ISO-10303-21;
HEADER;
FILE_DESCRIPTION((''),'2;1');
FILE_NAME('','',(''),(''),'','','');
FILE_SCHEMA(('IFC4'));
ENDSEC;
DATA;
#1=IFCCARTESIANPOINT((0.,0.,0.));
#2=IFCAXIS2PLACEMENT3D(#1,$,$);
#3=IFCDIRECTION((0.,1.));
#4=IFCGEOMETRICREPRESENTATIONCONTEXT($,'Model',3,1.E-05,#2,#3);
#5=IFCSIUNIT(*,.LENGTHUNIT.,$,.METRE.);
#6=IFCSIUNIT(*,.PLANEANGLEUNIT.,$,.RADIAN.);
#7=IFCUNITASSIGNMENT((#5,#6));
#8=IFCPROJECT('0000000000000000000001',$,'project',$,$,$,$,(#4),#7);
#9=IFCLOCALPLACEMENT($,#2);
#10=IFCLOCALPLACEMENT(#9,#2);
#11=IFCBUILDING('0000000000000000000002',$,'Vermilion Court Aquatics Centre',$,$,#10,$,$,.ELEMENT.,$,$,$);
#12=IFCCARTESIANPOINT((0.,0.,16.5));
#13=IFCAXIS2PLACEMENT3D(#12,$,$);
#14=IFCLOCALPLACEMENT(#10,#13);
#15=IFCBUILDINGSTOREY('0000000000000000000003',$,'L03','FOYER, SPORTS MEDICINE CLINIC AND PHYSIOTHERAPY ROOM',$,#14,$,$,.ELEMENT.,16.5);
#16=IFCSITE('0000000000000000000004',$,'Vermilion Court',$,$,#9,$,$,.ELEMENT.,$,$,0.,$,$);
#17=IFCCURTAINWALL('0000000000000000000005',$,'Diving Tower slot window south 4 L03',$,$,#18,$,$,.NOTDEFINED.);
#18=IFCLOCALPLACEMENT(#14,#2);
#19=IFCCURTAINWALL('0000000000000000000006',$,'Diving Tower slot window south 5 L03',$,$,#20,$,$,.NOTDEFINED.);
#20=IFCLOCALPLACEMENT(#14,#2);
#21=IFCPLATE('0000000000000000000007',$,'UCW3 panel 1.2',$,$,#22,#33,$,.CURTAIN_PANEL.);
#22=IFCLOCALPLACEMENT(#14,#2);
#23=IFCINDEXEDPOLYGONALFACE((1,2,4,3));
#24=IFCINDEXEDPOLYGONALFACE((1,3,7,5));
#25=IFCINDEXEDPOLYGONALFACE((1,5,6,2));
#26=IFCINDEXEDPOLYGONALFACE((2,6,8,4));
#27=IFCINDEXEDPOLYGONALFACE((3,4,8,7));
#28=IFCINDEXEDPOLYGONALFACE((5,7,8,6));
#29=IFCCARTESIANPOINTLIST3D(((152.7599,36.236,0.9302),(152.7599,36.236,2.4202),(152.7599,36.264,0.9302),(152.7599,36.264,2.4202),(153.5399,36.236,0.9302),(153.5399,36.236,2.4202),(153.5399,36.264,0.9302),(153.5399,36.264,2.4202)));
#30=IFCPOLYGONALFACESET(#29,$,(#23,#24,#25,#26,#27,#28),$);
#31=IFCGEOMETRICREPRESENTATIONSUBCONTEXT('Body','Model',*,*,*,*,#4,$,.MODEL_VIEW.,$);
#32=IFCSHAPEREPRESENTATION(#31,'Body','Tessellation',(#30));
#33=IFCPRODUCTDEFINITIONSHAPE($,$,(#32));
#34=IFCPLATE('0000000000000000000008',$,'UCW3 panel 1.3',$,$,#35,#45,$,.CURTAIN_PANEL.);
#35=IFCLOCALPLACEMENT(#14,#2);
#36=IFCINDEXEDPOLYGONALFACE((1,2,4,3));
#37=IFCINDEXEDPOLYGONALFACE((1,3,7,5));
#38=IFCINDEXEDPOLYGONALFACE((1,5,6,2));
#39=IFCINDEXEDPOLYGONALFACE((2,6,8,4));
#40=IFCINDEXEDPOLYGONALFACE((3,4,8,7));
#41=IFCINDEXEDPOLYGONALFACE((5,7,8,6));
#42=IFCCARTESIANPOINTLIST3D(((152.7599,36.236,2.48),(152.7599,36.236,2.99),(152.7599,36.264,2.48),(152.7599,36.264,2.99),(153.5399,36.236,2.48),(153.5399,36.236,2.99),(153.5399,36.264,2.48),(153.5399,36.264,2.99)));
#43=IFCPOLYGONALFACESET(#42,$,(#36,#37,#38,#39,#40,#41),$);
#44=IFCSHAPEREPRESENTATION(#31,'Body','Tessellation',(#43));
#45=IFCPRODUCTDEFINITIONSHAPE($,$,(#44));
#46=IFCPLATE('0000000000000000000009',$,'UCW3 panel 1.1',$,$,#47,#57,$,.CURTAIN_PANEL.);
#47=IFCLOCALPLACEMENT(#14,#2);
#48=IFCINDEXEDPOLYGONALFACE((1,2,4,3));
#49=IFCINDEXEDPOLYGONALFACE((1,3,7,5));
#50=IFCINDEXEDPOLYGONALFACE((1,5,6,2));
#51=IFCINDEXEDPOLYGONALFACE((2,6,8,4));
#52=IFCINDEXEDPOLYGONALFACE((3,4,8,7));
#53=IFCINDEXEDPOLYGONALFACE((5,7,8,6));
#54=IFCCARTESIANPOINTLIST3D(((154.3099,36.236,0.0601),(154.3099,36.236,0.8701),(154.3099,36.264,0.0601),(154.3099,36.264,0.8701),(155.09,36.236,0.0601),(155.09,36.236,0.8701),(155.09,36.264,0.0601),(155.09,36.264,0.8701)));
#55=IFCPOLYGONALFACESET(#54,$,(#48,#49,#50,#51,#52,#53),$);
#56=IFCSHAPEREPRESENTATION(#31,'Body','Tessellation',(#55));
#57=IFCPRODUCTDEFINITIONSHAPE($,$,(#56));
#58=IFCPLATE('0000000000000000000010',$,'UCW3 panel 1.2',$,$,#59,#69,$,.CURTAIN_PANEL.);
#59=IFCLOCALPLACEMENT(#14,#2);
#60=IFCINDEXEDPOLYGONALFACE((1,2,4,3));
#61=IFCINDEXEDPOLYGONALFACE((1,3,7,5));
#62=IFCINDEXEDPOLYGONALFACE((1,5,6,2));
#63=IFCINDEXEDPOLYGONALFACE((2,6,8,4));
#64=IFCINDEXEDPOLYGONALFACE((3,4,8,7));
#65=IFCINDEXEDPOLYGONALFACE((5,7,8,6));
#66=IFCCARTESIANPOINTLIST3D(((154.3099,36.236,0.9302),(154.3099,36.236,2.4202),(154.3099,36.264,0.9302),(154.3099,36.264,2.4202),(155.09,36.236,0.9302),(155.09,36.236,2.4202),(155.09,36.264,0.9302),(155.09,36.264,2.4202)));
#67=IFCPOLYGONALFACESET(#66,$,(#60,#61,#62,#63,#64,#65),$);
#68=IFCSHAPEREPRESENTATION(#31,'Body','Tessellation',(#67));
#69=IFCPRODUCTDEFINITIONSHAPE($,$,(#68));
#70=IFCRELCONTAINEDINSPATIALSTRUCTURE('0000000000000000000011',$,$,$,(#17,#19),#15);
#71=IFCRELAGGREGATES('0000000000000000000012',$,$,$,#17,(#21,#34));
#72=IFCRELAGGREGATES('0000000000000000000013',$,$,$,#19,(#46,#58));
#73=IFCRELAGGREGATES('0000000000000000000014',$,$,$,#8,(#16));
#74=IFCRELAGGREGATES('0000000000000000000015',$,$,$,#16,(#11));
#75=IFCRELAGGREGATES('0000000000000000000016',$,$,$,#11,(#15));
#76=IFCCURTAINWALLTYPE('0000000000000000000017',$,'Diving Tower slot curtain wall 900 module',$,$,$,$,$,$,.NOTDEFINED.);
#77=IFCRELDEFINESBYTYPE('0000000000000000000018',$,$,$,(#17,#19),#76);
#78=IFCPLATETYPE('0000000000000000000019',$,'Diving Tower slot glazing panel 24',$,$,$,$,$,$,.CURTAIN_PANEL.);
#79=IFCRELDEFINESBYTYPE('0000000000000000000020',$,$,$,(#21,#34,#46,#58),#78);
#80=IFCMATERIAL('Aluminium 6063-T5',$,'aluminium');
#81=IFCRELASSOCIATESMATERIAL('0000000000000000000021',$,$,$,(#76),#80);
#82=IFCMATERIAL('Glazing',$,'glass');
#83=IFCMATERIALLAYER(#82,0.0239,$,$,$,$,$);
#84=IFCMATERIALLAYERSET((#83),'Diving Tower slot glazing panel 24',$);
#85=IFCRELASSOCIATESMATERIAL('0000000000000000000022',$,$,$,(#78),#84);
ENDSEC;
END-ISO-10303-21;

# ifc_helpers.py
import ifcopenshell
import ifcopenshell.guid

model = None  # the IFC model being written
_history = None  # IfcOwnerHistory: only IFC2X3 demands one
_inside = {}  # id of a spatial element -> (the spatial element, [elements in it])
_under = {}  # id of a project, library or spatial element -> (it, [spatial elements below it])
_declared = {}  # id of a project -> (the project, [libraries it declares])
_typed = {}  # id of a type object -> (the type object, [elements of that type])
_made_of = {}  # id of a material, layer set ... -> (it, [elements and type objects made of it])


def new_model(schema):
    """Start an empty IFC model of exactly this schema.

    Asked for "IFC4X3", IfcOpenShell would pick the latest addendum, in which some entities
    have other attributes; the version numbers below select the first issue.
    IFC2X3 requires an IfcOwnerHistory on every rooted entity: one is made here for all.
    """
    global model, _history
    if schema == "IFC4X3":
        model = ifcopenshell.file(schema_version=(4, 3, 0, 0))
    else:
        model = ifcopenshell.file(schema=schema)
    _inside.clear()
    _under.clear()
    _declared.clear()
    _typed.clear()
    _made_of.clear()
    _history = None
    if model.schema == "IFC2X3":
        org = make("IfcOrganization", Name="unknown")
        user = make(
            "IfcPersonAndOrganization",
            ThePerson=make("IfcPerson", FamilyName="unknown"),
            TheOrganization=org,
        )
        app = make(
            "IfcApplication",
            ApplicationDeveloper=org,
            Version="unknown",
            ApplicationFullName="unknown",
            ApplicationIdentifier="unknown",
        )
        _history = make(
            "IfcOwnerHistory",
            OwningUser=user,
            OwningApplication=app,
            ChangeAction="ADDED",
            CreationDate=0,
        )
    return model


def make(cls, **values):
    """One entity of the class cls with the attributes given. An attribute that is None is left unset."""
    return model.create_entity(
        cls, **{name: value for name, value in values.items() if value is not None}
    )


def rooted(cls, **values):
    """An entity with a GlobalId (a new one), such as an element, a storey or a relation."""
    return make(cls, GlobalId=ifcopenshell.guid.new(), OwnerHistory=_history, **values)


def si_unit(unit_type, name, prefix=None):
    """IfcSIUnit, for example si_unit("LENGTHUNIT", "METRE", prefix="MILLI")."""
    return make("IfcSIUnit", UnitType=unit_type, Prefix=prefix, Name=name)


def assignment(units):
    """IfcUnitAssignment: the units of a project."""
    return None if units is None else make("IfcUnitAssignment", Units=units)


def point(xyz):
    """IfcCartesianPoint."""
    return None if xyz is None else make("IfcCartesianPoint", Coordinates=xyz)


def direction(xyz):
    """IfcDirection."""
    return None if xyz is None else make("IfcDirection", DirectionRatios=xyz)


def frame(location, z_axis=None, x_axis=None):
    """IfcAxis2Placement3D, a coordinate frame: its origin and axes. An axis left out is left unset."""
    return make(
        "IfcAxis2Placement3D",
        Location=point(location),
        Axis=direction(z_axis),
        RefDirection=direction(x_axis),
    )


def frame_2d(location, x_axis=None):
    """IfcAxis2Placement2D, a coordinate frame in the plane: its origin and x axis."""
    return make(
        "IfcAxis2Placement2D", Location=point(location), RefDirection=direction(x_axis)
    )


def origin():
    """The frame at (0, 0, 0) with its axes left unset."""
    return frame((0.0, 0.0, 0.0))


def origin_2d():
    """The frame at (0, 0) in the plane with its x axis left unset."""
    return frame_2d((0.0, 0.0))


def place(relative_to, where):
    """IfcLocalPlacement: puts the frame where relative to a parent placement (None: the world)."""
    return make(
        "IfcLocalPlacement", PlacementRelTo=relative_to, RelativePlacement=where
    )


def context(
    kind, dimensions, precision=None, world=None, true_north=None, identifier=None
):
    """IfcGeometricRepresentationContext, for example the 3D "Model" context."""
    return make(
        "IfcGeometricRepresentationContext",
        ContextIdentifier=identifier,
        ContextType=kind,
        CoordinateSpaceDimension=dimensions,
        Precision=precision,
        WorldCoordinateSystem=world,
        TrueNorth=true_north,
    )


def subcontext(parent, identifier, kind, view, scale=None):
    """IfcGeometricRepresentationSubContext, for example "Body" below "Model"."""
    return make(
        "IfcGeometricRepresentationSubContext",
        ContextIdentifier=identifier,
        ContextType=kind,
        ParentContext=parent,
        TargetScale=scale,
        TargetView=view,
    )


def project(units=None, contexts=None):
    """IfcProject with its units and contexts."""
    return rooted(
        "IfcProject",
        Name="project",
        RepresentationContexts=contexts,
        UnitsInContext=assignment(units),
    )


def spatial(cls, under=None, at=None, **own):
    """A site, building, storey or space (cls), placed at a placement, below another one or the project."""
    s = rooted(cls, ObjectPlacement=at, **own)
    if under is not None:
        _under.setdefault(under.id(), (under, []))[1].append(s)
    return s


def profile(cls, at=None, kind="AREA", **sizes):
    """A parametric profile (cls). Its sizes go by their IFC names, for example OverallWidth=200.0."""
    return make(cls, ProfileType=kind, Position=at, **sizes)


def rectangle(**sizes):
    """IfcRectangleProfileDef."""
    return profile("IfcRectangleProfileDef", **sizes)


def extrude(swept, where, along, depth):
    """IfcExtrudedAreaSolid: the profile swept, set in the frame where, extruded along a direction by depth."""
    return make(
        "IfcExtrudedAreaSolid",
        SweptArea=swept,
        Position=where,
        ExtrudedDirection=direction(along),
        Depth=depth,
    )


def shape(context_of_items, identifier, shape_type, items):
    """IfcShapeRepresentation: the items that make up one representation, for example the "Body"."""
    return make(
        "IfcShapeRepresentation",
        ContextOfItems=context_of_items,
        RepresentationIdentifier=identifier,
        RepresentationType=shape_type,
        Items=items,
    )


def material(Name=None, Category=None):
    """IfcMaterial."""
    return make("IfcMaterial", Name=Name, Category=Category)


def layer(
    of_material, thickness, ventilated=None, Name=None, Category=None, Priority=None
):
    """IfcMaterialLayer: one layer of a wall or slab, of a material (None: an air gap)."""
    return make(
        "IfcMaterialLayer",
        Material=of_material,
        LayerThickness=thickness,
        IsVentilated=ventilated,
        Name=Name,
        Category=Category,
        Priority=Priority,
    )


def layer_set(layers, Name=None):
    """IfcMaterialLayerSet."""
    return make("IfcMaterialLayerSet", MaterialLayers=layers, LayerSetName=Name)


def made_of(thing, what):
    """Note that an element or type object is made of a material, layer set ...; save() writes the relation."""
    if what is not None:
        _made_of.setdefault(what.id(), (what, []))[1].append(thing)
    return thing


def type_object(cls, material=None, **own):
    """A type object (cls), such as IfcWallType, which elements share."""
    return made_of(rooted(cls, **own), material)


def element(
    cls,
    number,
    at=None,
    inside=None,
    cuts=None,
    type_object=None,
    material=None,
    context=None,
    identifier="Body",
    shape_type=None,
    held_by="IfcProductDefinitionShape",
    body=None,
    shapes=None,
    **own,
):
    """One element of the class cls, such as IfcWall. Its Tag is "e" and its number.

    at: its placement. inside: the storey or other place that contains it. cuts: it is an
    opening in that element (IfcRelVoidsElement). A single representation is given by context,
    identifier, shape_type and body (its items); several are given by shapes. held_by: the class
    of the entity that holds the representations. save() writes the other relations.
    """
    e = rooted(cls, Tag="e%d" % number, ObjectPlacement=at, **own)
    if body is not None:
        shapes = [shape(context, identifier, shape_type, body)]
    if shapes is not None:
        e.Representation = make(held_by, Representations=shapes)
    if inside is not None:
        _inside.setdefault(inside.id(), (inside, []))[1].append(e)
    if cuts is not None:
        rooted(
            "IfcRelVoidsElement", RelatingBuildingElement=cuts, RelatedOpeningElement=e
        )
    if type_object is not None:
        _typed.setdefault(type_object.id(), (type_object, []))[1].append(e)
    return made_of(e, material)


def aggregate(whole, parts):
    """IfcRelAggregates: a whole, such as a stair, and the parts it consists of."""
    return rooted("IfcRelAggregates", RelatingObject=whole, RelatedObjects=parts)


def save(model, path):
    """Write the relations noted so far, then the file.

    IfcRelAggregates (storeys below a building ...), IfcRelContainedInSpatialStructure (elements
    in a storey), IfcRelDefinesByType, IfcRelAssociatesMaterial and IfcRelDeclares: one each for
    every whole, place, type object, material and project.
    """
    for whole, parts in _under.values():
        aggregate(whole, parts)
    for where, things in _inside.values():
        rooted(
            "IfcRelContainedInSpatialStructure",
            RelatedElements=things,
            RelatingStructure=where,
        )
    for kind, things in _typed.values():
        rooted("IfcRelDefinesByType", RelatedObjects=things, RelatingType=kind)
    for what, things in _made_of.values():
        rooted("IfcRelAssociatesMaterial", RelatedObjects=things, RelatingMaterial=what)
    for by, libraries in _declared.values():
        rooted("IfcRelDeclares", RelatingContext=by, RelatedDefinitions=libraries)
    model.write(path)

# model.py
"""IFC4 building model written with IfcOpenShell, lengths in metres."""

from ifc_helpers import new_model, si_unit, direction, frame, origin, origin_2d, place, context, subcontext, project, spatial, rectangle, extrude, material, layer, layer_set, type_object, element, aggregate, save


model = new_model("IFC4")

# Units and contexts
model_context = context("Model", 3, precision=1e-05, world=origin(), true_north=direction((0.0, 1.0)))
body_context = subcontext(model_context, "Body", "Model", "MODEL_VIEW")
ifc_project = project(units=[si_unit("LENGTHUNIT", "METRE"), si_unit("PLANEANGLEUNIT", "RADIAN")], contexts=[model_context])

# Site, building, storey
site_placement = place(None, origin())
site = spatial("IfcSite", under=ifc_project, at=site_placement, Name="Vermilion Court", CompositionType="ELEMENT", RefElevation=0.0)
building_placement = place(site_placement, origin())
building = spatial("IfcBuilding", under=site, at=building_placement, Name="Vermilion Court Aquatics Centre", CompositionType="ELEMENT")
storey_placement = place(building_placement, frame((0.0, 0.0, 16.5)))
storey = spatial("IfcBuildingStorey", under=building, at=storey_placement, Name="L03", Description="FOYER, SPORTS MEDICINE CLINIC AND PHYSIOTHERAPY ROOM", CompositionType="ELEMENT", Elevation=16.5)

# Curtain wall
ifc_material_1 = material(Name="Aluminium 6063-T5", Category="aluminium")
curtain_wall_type = type_object("IfcCurtainWallType", Name="Diving Tower slot curtain wall 900 module", PredefinedType="NOTDEFINED", material=ifc_material_1)
curtain_wall_1_placement = place(storey_placement, origin())
curtain_wall_1 = element("IfcCurtainWall", 1, at=curtain_wall_1_placement, inside=storey, type_object=curtain_wall_type, Name="Diving Tower slot window south 4 L03", PredefinedType="NOTDEFINED")

# Curtain wall
curtain_wall_2_placement = place(storey_placement, origin())
curtain_wall_2 = element("IfcCurtainWall", 2, at=curtain_wall_2_placement, inside=storey, type_object=curtain_wall_type, Name="Diving Tower slot window south 5 L03", PredefinedType="NOTDEFINED")

# Plates
ifc_material_2 = material(Name="Glazing", Category="glass")
ifc_layer = layer(ifc_material_2, 0.0239)
ifc_layer_set = layer_set([ifc_layer], Name="Diving Tower slot glazing panel 24")
plate_type = type_object("IfcPlateType", Name="Diving Tower slot glazing panel 24", PredefinedType="CURTAIN_PANEL", material=ifc_layer_set)
plate_1_placement = place(storey_placement, frame((153.1499, 36.25, 0.9302), z_axis=(0.0, 0.0, 1.0), x_axis=(1.0, 0.0, 0.0)))
plate_1 = element("IfcPlate", 3, at=plate_1_placement, type_object=plate_type, Name="UCW3 panel 1.2", PredefinedType="CURTAIN_PANEL", context=body_context, shape_type="SweptSolid", body=[
    extrude(rectangle(XDim=0.78, YDim=0.0281, at=origin_2d()), origin(), (0.0, 0.0, 1.0), 1.49),
])
plate_2_placement = place(storey_placement, frame((153.1499, 36.25, 2.48), z_axis=(0.0, 0.0, 1.0), x_axis=(1.0, 0.0, 0.0)))
plate_2 = element("IfcPlate", 4, at=plate_2_placement, type_object=plate_type, Name="UCW3 panel 1.3", PredefinedType="CURTAIN_PANEL", context=body_context, shape_type="SweptSolid", body=[
    extrude(rectangle(XDim=0.78, YDim=0.0281, at=origin_2d()), origin(), (0.0, 0.0, 1.0), 0.51),
])
aggregate(curtain_wall_1, [plate_1, plate_2])
plate_3_placement = place(storey_placement, frame((154.7, 36.25, 0.0601), z_axis=(0.0, 0.0, 1.0), x_axis=(1.0, 0.0, 0.0)))
plate_3 = element("IfcPlate", 5, at=plate_3_placement, type_object=plate_type, Name="UCW3 panel 1.1", PredefinedType="CURTAIN_PANEL", context=body_context, shape_type="SweptSolid", body=[
    extrude(rectangle(XDim=0.78, YDim=0.0281, at=origin_2d()), origin(), (0.0, 0.0, 1.0), 0.8101),
])
plate_4_placement = place(storey_placement, frame((154.7, 36.25, 0.9302), z_axis=(0.0, 0.0, 1.0), x_axis=(1.0, 0.0, 0.0)))
plate_4 = element("IfcPlate", 6, at=plate_4_placement, type_object=plate_type, Name="UCW3 panel 1.2", PredefinedType="CURTAIN_PANEL", context=body_context, shape_type="SweptSolid", body=[
    extrude(rectangle(XDim=0.78, YDim=0.0281, at=origin_2d()), origin(), (0.0, 0.0, 1.0), 1.49),
])
aggregate(curtain_wall_2, [plate_3, plate_4])

save(model, "model.ifc")
